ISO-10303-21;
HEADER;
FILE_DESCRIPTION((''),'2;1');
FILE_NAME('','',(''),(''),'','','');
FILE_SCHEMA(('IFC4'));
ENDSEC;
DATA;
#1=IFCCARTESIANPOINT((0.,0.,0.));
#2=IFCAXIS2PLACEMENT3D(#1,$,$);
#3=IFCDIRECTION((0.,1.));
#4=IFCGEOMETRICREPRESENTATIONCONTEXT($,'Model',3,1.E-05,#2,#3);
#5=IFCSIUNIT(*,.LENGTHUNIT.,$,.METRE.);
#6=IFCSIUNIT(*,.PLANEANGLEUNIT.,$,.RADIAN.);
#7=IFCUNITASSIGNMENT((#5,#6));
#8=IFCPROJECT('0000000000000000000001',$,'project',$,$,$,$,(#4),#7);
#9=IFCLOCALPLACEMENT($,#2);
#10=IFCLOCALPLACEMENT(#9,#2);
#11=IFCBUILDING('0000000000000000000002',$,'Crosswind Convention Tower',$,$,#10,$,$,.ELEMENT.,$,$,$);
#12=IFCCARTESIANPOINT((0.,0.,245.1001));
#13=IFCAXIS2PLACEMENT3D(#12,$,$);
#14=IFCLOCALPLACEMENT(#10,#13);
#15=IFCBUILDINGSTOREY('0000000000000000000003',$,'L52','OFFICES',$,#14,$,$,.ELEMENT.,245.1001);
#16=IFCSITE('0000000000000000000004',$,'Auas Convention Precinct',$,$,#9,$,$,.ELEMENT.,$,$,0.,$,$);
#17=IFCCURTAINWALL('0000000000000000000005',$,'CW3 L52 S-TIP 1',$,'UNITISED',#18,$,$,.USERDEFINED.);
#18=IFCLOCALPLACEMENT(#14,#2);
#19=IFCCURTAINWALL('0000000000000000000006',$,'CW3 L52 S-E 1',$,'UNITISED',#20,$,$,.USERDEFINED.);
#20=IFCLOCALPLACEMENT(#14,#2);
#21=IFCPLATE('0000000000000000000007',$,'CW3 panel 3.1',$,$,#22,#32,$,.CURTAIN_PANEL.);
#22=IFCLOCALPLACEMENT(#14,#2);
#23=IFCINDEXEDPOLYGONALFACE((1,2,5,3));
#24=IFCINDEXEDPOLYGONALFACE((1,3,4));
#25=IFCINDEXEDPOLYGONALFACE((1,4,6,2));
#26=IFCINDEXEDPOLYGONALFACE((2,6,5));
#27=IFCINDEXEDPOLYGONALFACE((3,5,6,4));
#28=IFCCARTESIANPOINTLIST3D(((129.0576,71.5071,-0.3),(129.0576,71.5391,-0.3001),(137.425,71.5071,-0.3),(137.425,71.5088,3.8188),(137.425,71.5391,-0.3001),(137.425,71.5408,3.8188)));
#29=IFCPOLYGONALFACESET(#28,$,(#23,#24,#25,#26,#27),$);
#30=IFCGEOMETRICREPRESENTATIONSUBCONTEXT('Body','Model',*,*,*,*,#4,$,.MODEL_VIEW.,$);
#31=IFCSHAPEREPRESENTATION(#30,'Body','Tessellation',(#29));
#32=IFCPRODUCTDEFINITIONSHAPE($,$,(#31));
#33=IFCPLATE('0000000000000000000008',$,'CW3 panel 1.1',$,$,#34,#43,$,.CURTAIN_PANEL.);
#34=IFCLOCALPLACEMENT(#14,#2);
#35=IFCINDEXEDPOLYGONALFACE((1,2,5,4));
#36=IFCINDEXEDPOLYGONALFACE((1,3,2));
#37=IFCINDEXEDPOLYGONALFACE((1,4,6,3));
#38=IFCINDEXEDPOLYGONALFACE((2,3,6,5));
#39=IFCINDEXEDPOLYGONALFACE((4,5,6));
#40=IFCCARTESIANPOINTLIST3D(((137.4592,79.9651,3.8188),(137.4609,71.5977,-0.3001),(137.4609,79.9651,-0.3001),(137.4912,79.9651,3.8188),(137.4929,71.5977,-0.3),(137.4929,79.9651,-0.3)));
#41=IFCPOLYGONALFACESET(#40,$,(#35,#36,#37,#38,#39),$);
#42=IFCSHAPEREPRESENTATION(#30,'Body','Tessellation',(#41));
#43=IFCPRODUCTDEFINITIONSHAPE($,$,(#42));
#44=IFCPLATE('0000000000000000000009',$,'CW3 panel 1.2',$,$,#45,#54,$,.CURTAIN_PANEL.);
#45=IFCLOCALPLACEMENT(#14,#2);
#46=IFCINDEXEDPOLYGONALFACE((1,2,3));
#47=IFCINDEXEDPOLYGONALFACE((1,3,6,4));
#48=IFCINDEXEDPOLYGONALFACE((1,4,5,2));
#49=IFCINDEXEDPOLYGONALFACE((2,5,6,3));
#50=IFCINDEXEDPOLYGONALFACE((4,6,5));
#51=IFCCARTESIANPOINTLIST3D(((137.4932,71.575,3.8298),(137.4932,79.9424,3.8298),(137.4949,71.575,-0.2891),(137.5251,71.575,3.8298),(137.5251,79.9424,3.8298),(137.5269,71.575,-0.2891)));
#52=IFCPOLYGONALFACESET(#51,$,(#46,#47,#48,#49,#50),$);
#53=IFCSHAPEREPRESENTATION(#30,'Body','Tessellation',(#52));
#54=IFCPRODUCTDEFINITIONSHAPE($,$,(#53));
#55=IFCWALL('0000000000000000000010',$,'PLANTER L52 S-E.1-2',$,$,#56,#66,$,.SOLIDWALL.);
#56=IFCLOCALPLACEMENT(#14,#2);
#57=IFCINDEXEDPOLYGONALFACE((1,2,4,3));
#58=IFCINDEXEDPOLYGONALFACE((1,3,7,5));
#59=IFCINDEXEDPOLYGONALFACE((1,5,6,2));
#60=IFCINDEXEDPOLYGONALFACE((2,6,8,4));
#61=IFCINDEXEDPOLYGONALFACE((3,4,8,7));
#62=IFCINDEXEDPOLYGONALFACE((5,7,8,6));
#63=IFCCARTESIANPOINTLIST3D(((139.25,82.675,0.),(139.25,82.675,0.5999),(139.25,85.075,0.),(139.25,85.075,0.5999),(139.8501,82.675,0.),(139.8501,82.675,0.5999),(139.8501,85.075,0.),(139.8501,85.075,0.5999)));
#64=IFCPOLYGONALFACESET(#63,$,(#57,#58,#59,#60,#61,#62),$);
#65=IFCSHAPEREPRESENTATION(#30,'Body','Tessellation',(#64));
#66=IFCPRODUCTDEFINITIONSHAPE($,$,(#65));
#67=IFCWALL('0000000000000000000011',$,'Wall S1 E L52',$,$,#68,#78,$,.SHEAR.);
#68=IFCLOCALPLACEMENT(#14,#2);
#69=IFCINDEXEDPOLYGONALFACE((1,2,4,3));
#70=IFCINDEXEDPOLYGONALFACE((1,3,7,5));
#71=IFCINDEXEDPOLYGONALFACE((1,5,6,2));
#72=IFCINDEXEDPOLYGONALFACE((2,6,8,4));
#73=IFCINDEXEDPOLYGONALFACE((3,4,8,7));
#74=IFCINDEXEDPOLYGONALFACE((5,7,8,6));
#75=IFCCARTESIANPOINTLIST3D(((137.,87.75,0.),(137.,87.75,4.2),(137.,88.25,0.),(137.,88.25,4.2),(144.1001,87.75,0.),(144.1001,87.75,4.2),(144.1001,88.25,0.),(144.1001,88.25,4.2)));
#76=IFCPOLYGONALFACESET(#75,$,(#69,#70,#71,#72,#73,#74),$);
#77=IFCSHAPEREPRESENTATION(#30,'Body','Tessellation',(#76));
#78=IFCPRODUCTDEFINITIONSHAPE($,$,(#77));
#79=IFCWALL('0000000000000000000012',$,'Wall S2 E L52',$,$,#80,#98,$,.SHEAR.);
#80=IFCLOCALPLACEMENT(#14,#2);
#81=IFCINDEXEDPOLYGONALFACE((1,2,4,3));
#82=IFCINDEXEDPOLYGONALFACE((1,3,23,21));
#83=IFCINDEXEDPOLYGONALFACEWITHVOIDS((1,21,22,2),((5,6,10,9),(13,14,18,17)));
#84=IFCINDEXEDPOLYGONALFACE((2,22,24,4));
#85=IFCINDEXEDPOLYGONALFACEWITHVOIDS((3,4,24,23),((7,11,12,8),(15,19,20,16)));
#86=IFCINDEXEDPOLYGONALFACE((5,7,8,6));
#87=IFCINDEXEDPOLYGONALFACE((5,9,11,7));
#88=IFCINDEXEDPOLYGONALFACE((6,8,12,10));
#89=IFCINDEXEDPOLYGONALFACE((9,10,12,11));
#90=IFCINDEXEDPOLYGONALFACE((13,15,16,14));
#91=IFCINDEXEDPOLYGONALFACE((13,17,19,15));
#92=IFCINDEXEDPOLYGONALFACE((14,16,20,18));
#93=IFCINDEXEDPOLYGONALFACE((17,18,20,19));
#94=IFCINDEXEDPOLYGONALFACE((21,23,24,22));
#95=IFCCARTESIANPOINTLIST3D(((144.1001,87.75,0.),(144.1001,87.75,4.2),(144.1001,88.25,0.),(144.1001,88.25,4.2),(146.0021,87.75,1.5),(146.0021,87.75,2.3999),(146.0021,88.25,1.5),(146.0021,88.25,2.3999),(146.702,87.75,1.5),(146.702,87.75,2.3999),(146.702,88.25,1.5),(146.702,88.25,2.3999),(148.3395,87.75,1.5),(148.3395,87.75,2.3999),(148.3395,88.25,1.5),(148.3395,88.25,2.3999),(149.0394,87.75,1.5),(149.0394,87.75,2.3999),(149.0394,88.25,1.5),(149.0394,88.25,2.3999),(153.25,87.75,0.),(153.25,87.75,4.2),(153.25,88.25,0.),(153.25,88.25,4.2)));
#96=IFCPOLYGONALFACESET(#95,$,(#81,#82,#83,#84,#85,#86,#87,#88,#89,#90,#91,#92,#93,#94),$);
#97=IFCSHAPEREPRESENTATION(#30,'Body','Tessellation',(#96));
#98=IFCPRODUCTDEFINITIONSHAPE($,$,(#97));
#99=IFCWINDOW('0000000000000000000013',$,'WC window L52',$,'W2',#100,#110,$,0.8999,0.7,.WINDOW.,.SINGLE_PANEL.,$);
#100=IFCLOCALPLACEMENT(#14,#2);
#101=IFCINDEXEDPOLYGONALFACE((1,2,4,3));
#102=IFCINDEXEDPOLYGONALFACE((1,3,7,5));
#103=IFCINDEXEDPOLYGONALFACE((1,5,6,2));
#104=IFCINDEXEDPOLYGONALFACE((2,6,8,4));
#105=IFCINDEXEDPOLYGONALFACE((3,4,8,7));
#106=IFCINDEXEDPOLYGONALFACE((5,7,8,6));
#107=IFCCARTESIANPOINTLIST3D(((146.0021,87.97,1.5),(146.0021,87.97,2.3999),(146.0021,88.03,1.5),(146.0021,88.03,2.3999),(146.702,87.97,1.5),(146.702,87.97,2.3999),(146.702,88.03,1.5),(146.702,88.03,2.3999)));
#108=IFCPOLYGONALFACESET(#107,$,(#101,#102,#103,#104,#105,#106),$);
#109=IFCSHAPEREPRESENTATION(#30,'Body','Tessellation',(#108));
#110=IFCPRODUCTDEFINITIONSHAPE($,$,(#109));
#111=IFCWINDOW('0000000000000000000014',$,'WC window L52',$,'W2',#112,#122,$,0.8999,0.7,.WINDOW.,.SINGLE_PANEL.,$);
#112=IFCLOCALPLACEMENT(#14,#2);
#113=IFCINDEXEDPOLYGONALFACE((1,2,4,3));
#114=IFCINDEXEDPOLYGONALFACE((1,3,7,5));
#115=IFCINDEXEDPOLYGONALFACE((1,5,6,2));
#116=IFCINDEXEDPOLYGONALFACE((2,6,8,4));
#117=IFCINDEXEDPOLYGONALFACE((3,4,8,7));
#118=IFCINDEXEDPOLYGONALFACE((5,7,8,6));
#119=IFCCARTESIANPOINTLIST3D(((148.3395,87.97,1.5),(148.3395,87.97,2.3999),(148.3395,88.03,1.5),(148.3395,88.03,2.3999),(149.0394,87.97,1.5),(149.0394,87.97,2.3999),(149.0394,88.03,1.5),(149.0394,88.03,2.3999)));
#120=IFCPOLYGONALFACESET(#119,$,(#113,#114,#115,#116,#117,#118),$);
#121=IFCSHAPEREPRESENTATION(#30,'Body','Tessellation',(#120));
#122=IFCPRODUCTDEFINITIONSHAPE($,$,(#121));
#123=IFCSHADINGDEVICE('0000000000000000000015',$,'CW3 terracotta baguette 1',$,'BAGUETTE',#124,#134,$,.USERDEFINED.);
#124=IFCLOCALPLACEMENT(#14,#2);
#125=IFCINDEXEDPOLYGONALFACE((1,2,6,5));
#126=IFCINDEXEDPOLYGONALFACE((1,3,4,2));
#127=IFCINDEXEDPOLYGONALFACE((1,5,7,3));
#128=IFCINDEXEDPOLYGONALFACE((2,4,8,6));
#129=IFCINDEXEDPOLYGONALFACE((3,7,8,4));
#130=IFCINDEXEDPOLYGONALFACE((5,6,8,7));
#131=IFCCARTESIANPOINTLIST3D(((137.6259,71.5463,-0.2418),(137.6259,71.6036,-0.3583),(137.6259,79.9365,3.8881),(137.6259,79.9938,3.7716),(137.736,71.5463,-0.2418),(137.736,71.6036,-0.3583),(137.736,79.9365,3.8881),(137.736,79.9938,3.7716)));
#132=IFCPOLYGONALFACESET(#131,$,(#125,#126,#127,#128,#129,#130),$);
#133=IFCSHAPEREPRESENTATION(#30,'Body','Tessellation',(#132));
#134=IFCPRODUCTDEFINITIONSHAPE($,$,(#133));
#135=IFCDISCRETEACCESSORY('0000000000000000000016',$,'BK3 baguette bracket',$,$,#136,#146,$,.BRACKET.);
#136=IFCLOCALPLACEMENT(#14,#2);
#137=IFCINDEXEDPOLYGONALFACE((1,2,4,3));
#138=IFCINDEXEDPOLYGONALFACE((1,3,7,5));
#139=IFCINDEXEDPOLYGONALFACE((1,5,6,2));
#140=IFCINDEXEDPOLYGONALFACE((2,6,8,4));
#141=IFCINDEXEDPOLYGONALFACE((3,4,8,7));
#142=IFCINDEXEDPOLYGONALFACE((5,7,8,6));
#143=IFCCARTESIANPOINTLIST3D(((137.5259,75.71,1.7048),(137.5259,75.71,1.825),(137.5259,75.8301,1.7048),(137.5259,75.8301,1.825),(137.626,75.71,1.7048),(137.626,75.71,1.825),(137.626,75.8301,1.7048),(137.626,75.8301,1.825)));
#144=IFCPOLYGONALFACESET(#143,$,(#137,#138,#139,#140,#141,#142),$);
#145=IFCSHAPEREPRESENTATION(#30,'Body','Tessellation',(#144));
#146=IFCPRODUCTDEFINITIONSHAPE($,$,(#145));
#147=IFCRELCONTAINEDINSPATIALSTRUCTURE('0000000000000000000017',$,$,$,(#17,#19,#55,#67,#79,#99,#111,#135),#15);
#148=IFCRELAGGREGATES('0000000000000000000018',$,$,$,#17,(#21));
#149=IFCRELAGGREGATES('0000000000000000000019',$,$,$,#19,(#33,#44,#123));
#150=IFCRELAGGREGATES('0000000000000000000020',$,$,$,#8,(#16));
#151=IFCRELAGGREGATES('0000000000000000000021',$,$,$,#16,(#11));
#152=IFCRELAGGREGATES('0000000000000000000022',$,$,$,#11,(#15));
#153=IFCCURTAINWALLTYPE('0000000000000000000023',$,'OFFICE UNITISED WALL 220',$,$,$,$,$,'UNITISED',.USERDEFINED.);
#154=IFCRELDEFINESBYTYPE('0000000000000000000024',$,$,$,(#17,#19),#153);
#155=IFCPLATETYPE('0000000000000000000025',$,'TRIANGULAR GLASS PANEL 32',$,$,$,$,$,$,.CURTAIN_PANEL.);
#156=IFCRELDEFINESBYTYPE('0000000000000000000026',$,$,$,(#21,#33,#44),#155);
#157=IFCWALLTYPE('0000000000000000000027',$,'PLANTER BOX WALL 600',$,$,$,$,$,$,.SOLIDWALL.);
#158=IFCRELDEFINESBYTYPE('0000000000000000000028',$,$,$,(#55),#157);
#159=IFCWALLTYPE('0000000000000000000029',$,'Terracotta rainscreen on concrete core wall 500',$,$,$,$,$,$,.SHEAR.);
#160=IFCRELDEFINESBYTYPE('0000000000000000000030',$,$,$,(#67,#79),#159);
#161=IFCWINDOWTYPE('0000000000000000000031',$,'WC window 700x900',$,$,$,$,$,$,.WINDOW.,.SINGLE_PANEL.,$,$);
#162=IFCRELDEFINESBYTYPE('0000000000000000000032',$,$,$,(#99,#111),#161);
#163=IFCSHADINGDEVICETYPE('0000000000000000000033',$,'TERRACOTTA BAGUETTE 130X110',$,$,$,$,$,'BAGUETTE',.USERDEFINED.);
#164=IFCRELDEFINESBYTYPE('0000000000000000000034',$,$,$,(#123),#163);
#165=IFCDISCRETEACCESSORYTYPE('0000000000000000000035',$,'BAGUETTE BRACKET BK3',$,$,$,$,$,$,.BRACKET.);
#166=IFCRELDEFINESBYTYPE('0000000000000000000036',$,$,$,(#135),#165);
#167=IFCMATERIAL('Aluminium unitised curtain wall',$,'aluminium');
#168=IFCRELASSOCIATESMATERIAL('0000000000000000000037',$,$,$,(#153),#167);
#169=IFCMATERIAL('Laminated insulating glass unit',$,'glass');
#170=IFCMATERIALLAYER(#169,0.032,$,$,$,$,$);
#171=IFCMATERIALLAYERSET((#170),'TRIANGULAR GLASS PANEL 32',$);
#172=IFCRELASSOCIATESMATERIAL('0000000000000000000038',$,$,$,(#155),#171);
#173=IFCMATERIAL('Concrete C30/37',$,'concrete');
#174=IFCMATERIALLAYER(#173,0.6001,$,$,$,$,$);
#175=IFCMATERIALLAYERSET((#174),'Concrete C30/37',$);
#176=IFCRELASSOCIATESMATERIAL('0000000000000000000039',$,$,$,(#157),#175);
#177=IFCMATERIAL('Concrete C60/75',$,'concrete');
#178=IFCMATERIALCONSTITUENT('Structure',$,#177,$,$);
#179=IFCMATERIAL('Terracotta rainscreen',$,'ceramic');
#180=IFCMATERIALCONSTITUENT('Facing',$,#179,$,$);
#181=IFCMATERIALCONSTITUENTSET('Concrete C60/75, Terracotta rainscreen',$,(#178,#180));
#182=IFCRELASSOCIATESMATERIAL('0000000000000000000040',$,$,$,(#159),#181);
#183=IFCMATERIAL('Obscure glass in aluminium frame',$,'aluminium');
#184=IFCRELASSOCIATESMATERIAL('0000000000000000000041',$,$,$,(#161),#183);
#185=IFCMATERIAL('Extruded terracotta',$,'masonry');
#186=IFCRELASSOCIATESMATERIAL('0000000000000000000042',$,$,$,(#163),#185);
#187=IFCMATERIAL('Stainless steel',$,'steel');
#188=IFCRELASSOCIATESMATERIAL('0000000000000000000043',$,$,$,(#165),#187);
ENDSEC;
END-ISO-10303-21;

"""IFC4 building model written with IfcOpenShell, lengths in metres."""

from ifc_helpers import new_model, si_unit, direction, frame, frame_2d, origin, origin_2d, place, context, subcontext, project, spatial, polyline, rectangle, outline, extrude, material, layer, layer_set, constituent, constituent_set, material_profile, profile_set, type_object, element, fill, aggregate, save


model = new_model("IFC4")

# Units and contexts
model_context = context("Model", 3, precision=1e-05, world=origin(), true_north=direction((0.0, 1.0)))
body_context = subcontext(model_context, "Body", "Model", "MODEL_VIEW")
ifc_project = project(units=[si_unit("LENGTHUNIT", "METRE"), si_unit("PLANEANGLEUNIT", "RADIAN")], contexts=[model_context])

# Site, building, storey
site_placement = place(None, origin())
site = spatial("IfcSite", under=ifc_project, at=site_placement, Name="Auas Convention Precinct", CompositionType="ELEMENT", RefElevation=0.0)
building_placement = place(site_placement, origin())
building = spatial("IfcBuilding", under=site, at=building_placement, Name="Crosswind Convention Tower", CompositionType="ELEMENT")
storey_placement = place(building_placement, frame((0.0, 0.0, 245.1001)))
storey = spatial("IfcBuildingStorey", under=building, at=storey_placement, Name="L52", Description="OFFICES", CompositionType="ELEMENT", Elevation=245.1001)

# Curtain wall
ifc_material_1 = material(Name="Aluminium unitised curtain wall", Category="aluminium")
curtain_wall_type = type_object("IfcCurtainWallType", Name="OFFICE UNITISED WALL 220", ElementType="UNITISED", PredefinedType="USERDEFINED", material=ifc_material_1)
curtain_wall_1_placement = place(storey_placement, origin())
curtain_wall_1 = element("IfcCurtainWall", 1, at=curtain_wall_1_placement, inside=storey, type_object=curtain_wall_type, Name="CW3 L52 S-TIP 1", ObjectType="UNITISED", PredefinedType="USERDEFINED")

# Curtain wall
curtain_wall_2_placement = place(storey_placement, origin())
curtain_wall_2 = element("IfcCurtainWall", 2, at=curtain_wall_2_placement, inside=storey, type_object=curtain_wall_type, Name="CW3 L52 S-E 1", ObjectType="UNITISED", PredefinedType="USERDEFINED")

# Plates
ifc_material_2 = material(Name="Laminated insulating glass unit", Category="glass")
ifc_layer_1 = layer(ifc_material_2, 0.032)
ifc_layer_set_1 = layer_set([ifc_layer_1], Name="TRIANGULAR GLASS PANEL 32")
plate_type = type_object("IfcPlateType", Name="TRIANGULAR GLASS PANEL 32", PredefinedType="CURTAIN_PANEL", material=ifc_layer_set_1)
plate_1_placement = place(storey_placement, frame((137.425, 71.5071, -0.3), z_axis=(0.0, -1.0, 0.000415), x_axis=(0.0, 0.000415, 1.0)))
plate_1 = element("IfcPlate", 3, at=plate_1_placement, type_object=plate_type, Name="CW3 panel 3.1", PredefinedType="CURTAIN_PANEL", context=body_context, shape_type="SweptSolid", body=[
    extrude(outline(polyline([(0.0, 0.0), (4.1189, 0.0), (0.0, 8.3674), (0.0, 0.0)])), origin(), (0.0, 0.0, -1.0), 0.032),
])
aggregate(curtain_wall_1, [plate_1])
plate_2_placement = place(storey_placement, frame((137.4929, 79.9651, -0.3), z_axis=(1.0, 0.0, 0.000415), x_axis=(-0.000415, 0.0, 1.0)))
plate_2 = element("IfcPlate", 4, at=plate_2_placement, type_object=plate_type, Name="CW3 panel 1.1", PredefinedType="CURTAIN_PANEL", context=body_context, shape_type="SweptSolid", body=[
    extrude(outline(polyline([(0.0, 0.0), (4.1189, 0.0), (0.0, 8.3674), (0.0, 0.0)])), origin(), (0.0, 0.0, -1.0), 0.032),
])
plate_3_placement = place(storey_placement, frame((137.5251, 71.575, 3.8298), z_axis=(1.0, 0.0, 0.000415), x_axis=(0.000415, 0.0, -1.0)))
plate_3 = element("IfcPlate", 5, at=plate_3_placement, type_object=plate_type, Name="CW3 panel 1.2", PredefinedType="CURTAIN_PANEL", context=body_context, shape_type="SweptSolid", body=[
    extrude(outline(polyline([(0.0, 0.0), (4.1189, 0.0), (0.0, 8.3674), (0.0, 0.0)])), origin(), (0.0, 0.0, -1.0), 0.032),
])

# Wall
ifc_material_3 = material(Name="Concrete C30/37", Category="concrete")
ifc_layer_2 = layer(ifc_material_3, 0.6001)
ifc_layer_set_2 = layer_set([ifc_layer_2], Name="Concrete C30/37")
wall_type_1 = type_object("IfcWallType", Name="PLANTER BOX WALL 600", PredefinedType="SOLIDWALL", material=ifc_layer_set_2)
wall_1_placement = place(storey_placement, frame((139.55, 82.675, 0.0), z_axis=(0.0, 0.0, 1.0), x_axis=(0.0, 1.0, 0.0)))
element("IfcWall", 6, at=wall_1_placement, inside=storey, type_object=wall_type_1, Name="PLANTER L52 S-E.1-2", PredefinedType="SOLIDWALL", context=body_context, shape_type="SweptSolid", body=[
    extrude(rectangle(XDim=2.3999, YDim=0.6001, at=frame_2d((1.2, 0.0))), origin(), (0.0, 0.0, 1.0), 0.5999),
])

# Shared definitions
ifc_material_4 = material(Name="Terracotta rainscreen", Category="ceramic")

# Wall
ifc_material_5 = material(Name="Concrete C60/75", Category="concrete")
ifc_constituent_1 = constituent(ifc_material_5, Name="Structure")
ifc_constituent_2 = constituent(ifc_material_4, Name="Facing")
ifc_constituent_set = constituent_set(constituents=[ifc_constituent_1, ifc_constituent_2], Name="Concrete C60/75, Terracotta rainscreen")
wall_type_2 = type_object("IfcWallType", Name="Terracotta rainscreen on concrete core wall 500", PredefinedType="SHEAR", material=ifc_constituent_set)
wall_2_placement = place(storey_placement, frame((137.0, 88.0, 0.0), z_axis=(0.0, 0.0, 1.0), x_axis=(1.0, 0.0, 0.0)))
element("IfcWall", 7, at=wall_2_placement, inside=storey, type_object=wall_type_2, Name="Wall S1 E L52", PredefinedType="SHEAR", context=body_context, shape_type="SweptSolid", body=[
    extrude(rectangle(XDim=7.1001, YDim=0.5, at=frame_2d((3.55, 0.0))), origin(), (0.0, 0.0, 1.0), 4.2),
])

# Wall, openings, windows
wall_3_placement = place(storey_placement, frame((144.1001, 88.0, 0.0), z_axis=(0.0, 0.0, 1.0), x_axis=(1.0, 0.0, 0.0)))
wall_3 = element("IfcWall", 8, at=wall_3_placement, inside=storey, type_object=wall_type_2, Name="Wall S2 E L52", PredefinedType="SHEAR", context=body_context, shape_type="SweptSolid", body=[
    extrude(rectangle(XDim=9.1499, YDim=0.5, at=frame_2d((4.575, 0.0))), origin(), (0.0, 0.0, 1.0), 4.2),
])
opening_1_placement = place(wall_3_placement, frame((1.9019, 0.0, 1.5)))
opening_1 = element("IfcOpeningElement", 9, at=opening_1_placement, cuts=wall_3, PredefinedType="OPENING", context=body_context, shape_type="SweptSolid", body=[
    extrude(rectangle(XDim=0.7, YDim=0.8999, at=frame_2d((0.3501, 0.45))), frame((0.0, 0.26, 0.0), z_axis=(0.0, -1.0, 0.0), x_axis=(1.0, 0.0, 0.0)), (0.0, 0.0, 1.0), 0.52),
])
opening_2_placement = place(wall_3_placement, frame((4.2393, 0.0, 1.5)))
opening_2 = element("IfcOpeningElement", 10, at=opening_2_placement, cuts=wall_3, PredefinedType="OPENING", context=body_context, shape_type="SweptSolid", body=[
    extrude(rectangle(XDim=0.7, YDim=0.8999, at=frame_2d((0.3501, 0.45))), frame((0.0, 0.26, 0.0), z_axis=(0.0, -1.0, 0.0), x_axis=(1.0, 0.0, 0.0)), (0.0, 0.0, 1.0), 0.52),
])
ifc_material_6 = material(Name="Obscure glass in aluminium frame", Category="aluminium")
window_type = type_object("IfcWindowType", Name="WC window 700x900", PartitioningType="SINGLE_PANEL", PredefinedType="WINDOW", material=ifc_material_6)
window_1_placement = place(opening_1_placement, origin())
window_1 = element("IfcWindow", 11, at=window_1_placement, inside=storey, type_object=window_type, Name="WC window L52", ObjectType="W2", OverallHeight=0.8999, OverallWidth=0.7, PartitioningType="SINGLE_PANEL", PredefinedType="WINDOW", context=body_context, shape_type="SweptSolid", body=[
    extrude(rectangle(XDim=0.7, YDim=0.8999, at=frame_2d((0.3501, 0.45))), frame((0.0, 0.03, 0.0), z_axis=(0.0, -1.0, 0.0), x_axis=(1.0, 0.0, 0.0)), (0.0, 0.0, 1.0), 0.0601),
])
fill(opening_1, window_1)
window_2_placement = place(opening_2_placement, origin())
window_2 = element("IfcWindow", 12, at=window_2_placement, inside=storey, type_object=window_type, Name="WC window L52", ObjectType="W2", OverallHeight=0.8999, OverallWidth=0.7, PartitioningType="SINGLE_PANEL", PredefinedType="WINDOW", context=body_context, shape_type="SweptSolid", body=[
    extrude(rectangle(XDim=0.7, YDim=0.8999, at=frame_2d((0.3501, 0.45))), frame((0.0, 0.03, 0.0), z_axis=(0.0, -1.0, 0.0), x_axis=(1.0, 0.0, 0.0)), (0.0, 0.0, 1.0), 0.0601),
])
fill(opening_2, window_2)

# Shading device
ifc_material_7 = material(Name="Extruded terracotta", Category="masonry")
ifc_material_profile_1 = material_profile(ifc_material_7, rectangle(XDim=0.1101, YDim=0.1299, at=origin_2d()), Name="TC 110X130")
ifc_profile_set_1 = profile_set([ifc_material_profile_1], Name="Extruded terracotta")
shading_device_type = type_object("IfcShadingDeviceType", Name="TERRACOTTA BAGUETTE 130X110", ElementType="BAGUETTE", PredefinedType="USERDEFINED", material=ifc_profile_set_1)
shading_device_placement = place(storey_placement, frame((137.6809, 71.575, -0.3), z_axis=(0.0, 0.897198, 0.441628), x_axis=(-1.0, 0.0, 0.0)))
shading_device = element("IfcShadingDevice", 13, at=shading_device_placement, type_object=shading_device_type, Name="CW3 terracotta baguette 1", ObjectType="BAGUETTE", PredefinedType="USERDEFINED", context=body_context, shape_type="SweptSolid", body=[
    extrude(rectangle(XDim=0.1101, YDim=0.1299, at=origin_2d()), origin(), (0.0, 0.0, 1.0), 9.3516),
])
aggregate(curtain_wall_2, [plate_2, plate_3, shading_device])

# Discrete accessory
ifc_material_8 = material(Name="Stainless steel", Category="steel")
discrete_accessory_type = type_object("IfcDiscreteAccessoryType", Name="BAGUETTE BRACKET BK3", PredefinedType="BRACKET", material=ifc_material_8)
discrete_accessory_placement = place(storey_placement, frame((137.5759, 75.77, 1.7048), z_axis=(0.0, 0.0, 1.0), x_axis=(0.0, 1.0, 0.0)))
element("IfcDiscreteAccessory", 14, at=discrete_accessory_placement, inside=storey, type_object=discrete_accessory_type, Name="BK3 baguette bracket", PredefinedType="BRACKET", context=body_context, shape_type="SweptSolid", body=[
    extrude(rectangle(XDim=0.1201, YDim=0.1001, at=origin_2d()), origin(), (0.0, 0.0, 1.0), 0.1201),
])

save(model, "model.ifc")
